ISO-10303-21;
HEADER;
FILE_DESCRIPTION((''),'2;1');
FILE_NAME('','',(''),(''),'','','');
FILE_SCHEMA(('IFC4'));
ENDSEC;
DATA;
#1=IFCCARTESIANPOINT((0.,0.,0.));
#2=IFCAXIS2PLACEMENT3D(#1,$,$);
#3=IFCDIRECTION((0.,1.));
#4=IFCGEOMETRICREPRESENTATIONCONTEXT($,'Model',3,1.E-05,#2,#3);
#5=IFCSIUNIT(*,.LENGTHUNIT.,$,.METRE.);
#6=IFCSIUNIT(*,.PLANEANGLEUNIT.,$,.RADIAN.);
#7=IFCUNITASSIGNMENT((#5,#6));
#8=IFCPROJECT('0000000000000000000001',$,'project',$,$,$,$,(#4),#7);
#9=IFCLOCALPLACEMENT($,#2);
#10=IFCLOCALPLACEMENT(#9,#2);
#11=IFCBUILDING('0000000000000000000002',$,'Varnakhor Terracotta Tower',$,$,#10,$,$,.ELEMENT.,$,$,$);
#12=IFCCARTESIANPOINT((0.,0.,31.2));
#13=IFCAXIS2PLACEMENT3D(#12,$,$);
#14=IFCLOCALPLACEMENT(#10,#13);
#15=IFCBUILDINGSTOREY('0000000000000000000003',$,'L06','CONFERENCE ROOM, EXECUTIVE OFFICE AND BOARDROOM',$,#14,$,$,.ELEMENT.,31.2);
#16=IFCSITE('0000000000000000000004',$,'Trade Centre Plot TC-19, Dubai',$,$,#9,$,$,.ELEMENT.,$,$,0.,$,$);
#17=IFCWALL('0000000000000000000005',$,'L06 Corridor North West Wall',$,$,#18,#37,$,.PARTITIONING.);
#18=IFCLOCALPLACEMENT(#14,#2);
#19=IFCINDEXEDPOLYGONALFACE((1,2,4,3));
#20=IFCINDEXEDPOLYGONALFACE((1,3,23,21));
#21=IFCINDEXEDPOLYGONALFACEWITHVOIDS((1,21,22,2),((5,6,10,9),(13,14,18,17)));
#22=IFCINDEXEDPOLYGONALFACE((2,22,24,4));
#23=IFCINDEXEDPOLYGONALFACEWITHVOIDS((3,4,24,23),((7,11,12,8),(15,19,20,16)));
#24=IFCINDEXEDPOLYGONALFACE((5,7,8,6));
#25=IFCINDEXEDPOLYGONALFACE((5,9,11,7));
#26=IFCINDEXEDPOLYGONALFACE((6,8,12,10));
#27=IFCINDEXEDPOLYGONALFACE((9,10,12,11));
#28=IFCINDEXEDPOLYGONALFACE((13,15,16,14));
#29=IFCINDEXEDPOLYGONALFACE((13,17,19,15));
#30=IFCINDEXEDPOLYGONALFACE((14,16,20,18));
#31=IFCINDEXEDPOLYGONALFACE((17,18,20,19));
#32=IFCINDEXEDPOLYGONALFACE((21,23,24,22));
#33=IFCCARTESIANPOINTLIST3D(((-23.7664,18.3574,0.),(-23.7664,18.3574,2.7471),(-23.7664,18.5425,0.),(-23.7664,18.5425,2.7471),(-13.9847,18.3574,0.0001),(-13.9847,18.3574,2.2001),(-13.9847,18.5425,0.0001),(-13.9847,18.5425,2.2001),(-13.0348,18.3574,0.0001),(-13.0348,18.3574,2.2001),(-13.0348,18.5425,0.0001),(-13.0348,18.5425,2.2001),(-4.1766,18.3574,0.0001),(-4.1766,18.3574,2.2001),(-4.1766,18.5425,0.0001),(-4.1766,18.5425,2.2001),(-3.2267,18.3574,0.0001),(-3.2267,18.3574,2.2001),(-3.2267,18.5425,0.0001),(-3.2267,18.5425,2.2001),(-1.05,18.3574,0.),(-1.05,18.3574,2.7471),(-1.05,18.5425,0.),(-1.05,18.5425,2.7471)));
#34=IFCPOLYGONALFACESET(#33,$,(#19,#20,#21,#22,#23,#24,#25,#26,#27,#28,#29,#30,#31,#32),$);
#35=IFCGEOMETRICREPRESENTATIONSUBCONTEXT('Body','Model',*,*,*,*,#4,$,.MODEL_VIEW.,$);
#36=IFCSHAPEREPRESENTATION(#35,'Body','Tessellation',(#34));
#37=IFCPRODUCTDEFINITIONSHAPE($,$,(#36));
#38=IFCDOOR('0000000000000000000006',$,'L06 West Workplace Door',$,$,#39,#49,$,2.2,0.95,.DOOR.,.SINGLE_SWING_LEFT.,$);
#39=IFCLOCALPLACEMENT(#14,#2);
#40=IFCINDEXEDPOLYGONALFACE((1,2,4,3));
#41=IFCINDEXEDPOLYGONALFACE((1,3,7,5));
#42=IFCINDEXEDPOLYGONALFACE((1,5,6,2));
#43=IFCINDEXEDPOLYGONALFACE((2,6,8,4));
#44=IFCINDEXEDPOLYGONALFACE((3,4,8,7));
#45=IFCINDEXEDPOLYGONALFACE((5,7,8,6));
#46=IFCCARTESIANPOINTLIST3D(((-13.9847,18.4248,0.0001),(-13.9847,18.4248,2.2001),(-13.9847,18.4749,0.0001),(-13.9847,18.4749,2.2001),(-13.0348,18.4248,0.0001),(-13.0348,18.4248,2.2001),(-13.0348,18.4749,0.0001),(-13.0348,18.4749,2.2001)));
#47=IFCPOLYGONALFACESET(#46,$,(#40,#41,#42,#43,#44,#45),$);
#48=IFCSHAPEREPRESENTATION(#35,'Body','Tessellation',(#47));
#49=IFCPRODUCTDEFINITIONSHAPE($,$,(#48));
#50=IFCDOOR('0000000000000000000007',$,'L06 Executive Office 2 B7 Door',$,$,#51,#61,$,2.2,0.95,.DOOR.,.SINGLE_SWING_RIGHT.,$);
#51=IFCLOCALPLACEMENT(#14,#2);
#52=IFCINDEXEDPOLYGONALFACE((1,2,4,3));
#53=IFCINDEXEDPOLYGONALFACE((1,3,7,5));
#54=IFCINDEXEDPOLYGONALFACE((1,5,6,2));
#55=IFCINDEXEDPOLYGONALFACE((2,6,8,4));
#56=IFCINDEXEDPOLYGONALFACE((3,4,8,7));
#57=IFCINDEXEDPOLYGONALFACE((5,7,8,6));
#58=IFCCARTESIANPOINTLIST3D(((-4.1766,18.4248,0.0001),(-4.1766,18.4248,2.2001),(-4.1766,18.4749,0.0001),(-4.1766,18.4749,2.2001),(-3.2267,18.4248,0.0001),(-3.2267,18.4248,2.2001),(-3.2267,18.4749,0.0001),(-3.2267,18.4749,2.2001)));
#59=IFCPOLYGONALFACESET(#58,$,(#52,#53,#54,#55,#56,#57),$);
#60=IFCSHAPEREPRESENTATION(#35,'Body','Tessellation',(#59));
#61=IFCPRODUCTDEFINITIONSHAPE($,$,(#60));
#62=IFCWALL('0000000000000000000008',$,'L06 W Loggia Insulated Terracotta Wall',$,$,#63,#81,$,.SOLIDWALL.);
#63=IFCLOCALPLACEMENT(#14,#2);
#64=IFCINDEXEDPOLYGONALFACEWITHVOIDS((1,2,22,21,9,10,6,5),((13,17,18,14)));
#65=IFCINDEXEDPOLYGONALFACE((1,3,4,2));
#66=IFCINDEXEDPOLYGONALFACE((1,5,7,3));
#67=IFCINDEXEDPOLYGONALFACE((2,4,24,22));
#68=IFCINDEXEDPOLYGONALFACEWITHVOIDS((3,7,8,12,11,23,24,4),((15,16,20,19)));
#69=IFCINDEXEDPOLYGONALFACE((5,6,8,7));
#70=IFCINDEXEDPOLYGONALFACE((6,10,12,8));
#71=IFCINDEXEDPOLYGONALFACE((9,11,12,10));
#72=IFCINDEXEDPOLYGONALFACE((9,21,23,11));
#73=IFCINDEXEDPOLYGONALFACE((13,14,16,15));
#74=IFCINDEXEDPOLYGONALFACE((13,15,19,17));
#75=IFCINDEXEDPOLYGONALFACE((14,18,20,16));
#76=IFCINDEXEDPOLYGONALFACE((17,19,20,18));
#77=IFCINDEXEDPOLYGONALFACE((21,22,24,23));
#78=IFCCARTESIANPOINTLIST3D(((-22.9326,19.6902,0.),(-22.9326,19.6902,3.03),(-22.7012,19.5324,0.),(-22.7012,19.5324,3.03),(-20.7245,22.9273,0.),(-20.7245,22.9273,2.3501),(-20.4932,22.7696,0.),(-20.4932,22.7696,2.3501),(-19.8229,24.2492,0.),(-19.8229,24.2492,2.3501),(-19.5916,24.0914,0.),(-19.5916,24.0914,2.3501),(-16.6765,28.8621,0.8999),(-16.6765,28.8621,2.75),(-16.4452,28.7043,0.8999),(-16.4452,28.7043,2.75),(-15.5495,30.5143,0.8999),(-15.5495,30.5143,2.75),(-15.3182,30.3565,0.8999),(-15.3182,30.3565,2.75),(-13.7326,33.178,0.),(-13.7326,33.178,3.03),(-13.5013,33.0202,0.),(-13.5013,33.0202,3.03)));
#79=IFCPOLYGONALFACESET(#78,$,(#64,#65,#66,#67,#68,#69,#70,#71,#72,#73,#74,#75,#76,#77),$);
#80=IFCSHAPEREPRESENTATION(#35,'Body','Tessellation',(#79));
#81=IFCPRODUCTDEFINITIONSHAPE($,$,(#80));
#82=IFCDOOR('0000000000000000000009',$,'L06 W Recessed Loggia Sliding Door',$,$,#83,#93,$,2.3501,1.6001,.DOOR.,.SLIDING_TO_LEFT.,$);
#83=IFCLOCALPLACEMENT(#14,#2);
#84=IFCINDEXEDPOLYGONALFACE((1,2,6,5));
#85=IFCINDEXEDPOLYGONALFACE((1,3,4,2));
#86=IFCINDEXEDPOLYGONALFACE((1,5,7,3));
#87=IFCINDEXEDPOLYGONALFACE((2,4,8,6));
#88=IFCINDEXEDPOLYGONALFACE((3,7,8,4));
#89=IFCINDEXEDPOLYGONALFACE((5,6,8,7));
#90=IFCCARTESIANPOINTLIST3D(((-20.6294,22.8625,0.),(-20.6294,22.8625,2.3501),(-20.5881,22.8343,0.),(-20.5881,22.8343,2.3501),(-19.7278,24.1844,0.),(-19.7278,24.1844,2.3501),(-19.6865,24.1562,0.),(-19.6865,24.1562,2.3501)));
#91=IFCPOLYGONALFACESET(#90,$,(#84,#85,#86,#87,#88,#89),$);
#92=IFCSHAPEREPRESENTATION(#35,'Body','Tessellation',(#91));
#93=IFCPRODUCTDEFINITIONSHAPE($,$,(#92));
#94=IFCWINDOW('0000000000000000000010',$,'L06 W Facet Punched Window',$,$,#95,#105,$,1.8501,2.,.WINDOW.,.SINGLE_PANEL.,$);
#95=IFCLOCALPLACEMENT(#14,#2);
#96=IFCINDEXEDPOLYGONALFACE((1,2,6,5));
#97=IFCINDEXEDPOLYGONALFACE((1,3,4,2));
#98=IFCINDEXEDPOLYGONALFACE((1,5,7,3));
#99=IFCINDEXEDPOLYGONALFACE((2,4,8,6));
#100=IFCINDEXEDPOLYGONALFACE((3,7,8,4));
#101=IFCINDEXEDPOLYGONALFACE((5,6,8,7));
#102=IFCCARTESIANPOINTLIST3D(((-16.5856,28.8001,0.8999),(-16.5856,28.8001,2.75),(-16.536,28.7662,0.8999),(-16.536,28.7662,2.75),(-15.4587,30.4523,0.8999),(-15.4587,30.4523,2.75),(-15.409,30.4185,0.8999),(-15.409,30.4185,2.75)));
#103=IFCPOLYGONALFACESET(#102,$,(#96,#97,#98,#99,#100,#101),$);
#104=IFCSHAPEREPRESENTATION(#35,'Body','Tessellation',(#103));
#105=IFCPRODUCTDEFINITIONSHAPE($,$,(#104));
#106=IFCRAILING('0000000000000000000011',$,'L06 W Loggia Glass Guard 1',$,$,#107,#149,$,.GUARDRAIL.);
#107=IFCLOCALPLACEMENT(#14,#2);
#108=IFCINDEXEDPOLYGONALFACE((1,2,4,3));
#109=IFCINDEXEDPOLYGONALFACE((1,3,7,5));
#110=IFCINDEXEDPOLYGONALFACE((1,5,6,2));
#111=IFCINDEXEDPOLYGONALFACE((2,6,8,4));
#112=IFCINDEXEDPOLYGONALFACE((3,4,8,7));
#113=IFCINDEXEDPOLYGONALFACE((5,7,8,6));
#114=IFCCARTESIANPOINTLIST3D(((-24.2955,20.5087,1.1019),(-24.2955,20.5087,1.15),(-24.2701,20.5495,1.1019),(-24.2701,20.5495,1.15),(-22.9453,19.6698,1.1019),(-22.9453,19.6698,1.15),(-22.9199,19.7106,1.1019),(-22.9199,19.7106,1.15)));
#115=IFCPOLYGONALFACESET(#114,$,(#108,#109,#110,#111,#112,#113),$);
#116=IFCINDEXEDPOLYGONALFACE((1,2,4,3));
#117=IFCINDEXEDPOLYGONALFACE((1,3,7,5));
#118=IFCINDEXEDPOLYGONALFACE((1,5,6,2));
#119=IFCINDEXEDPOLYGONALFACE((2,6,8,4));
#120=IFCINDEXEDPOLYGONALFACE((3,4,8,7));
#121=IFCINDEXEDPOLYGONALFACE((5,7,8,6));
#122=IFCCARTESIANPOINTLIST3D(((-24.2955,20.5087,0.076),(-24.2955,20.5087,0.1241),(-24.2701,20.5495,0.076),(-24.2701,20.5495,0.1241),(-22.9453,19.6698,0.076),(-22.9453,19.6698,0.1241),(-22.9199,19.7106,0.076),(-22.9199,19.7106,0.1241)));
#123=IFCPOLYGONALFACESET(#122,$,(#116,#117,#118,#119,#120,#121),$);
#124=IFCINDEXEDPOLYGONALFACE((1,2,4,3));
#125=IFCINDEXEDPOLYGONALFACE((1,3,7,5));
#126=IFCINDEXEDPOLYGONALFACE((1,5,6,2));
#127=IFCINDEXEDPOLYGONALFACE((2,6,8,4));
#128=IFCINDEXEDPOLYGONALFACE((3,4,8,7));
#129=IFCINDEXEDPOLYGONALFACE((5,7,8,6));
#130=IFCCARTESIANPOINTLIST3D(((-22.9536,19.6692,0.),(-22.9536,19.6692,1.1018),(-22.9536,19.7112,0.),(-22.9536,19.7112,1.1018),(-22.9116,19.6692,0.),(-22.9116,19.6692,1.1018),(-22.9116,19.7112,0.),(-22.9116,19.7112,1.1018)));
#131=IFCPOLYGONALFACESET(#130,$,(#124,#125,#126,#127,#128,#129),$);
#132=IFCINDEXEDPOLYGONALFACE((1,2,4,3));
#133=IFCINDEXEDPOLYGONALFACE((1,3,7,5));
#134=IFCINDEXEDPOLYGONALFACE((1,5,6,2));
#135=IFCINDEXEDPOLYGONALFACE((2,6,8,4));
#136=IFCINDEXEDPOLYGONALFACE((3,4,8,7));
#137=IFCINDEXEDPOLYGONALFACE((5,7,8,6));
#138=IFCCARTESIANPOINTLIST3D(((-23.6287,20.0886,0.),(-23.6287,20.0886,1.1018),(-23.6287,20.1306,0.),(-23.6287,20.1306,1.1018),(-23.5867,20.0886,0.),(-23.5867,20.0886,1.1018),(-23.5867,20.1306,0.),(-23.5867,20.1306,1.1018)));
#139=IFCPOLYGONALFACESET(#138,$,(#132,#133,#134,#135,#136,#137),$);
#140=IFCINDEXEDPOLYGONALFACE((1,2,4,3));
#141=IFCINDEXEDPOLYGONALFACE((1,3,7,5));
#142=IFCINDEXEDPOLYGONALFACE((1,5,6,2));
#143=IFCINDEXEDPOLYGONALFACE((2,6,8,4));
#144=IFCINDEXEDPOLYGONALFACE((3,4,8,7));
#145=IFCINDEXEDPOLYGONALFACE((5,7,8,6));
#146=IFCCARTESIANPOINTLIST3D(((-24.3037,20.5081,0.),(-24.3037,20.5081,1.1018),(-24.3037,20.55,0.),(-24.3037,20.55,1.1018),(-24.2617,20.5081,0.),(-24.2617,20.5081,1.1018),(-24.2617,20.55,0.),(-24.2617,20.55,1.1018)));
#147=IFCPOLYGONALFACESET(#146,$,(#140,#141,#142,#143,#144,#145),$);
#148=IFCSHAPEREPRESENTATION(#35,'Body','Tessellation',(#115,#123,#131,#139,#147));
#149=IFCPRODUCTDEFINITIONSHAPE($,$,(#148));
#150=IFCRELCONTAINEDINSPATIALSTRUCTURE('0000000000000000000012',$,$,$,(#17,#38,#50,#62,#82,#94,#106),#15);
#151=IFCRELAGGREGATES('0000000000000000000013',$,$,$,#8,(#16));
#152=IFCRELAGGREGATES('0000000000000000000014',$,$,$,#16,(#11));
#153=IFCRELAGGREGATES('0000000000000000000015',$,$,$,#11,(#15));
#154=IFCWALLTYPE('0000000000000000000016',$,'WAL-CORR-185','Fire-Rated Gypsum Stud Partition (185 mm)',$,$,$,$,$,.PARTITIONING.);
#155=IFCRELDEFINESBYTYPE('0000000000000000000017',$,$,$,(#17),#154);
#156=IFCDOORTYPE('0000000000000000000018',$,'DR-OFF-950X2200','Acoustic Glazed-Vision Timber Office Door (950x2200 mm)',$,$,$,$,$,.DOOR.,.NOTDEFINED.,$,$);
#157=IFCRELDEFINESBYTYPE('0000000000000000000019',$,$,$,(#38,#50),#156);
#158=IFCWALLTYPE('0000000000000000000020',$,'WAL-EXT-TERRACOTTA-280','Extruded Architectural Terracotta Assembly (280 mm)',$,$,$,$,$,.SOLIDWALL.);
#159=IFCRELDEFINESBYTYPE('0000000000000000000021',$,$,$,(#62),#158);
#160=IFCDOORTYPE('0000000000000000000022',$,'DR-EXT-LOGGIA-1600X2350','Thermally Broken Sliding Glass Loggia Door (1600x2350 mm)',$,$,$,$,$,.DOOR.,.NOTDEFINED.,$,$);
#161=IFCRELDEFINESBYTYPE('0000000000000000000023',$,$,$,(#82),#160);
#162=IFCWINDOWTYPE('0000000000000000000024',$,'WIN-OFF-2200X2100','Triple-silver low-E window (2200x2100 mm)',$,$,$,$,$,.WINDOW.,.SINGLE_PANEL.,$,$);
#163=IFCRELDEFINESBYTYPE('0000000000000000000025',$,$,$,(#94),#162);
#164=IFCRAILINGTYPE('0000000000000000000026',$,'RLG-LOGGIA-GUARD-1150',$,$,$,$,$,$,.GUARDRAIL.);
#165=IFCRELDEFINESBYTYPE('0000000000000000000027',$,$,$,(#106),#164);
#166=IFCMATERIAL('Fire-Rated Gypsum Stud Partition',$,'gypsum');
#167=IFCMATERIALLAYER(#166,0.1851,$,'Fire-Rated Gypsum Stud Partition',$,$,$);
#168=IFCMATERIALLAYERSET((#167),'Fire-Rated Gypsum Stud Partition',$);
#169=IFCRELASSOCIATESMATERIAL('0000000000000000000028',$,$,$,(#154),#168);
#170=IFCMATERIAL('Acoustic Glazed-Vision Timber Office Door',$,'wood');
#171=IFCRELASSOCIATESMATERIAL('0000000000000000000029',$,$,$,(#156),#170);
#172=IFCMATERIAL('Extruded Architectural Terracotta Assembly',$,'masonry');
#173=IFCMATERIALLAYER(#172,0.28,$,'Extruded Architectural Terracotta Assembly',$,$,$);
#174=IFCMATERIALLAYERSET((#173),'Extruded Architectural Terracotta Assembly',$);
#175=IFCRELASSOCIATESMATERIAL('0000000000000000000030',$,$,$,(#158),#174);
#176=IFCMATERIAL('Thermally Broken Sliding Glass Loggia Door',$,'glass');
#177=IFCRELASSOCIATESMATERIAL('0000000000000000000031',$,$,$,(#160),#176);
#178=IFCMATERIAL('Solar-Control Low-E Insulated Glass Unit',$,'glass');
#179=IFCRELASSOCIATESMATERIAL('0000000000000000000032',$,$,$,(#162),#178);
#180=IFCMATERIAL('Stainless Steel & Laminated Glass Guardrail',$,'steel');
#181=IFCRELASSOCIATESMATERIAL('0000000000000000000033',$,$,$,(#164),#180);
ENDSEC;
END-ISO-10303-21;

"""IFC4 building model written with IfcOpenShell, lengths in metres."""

from ifc_helpers import new_model, si_unit, direction, frame, frame_2d, origin, origin_2d, place, context, subcontext, project, spatial, rectangle, extrude, source, transform, mapped, material, layer, layer_set, type_object, type_shapes, element, fill, save


model = new_model("IFC4")

# Units and contexts
model_context = context("Model", 3, precision=1e-05, world=origin(), true_north=direction((0.0, 1.0)))
body_context = subcontext(model_context, "Body", "Model", "MODEL_VIEW")
ifc_project = project(units=[si_unit("LENGTHUNIT", "METRE"), si_unit("PLANEANGLEUNIT", "RADIAN")], contexts=[model_context])

# Site, building, storey
site_placement = place(None, origin())
site = spatial("IfcSite", under=ifc_project, at=site_placement, Name="Trade Centre Plot TC-19, Dubai", CompositionType="ELEMENT", RefElevation=0.0)
building_placement = place(site_placement, origin())
building = spatial("IfcBuilding", under=site, at=building_placement, Name="Varnakhor Terracotta Tower", CompositionType="ELEMENT")
storey_placement = place(building_placement, frame((0.0, 0.0, 31.2)))
storey = spatial("IfcBuildingStorey", under=building, at=storey_placement, Name="L06", Description="CONFERENCE ROOM, EXECUTIVE OFFICE AND BOARDROOM", CompositionType="ELEMENT", Elevation=31.2)

# Shared definitions
ifc_material_1 = material(Name="Fire-Rated Gypsum Stud Partition", Category="gypsum")
ifc_layer_1 = layer(ifc_material_1, 0.1851, Name="Fire-Rated Gypsum Stud Partition")
ifc_layer_set_1 = layer_set([ifc_layer_1], Name="Fire-Rated Gypsum Stud Partition")
wall_type_1 = type_object("IfcWallType", Name="WAL-CORR-185", Description="Fire-Rated Gypsum Stud Partition (185 mm)", PredefinedType="PARTITIONING", material=ifc_layer_set_1)
ifc_material_2 = material(Name="Acoustic Glazed-Vision Timber Office Door", Category="wood")
door_type_1 = type_object("IfcDoorType", Name="DR-OFF-950X2200", Description="Acoustic Glazed-Vision Timber Office Door (950x2200 mm)", OperationType="NOTDEFINED", PredefinedType="DOOR", material=ifc_material_2)
shared_shape_1 = source(origin(), body_context, "Body", "SweptSolid", [
    extrude(rectangle(XDim=0.95, YDim=2.2, at=frame_2d((0.4751, 1.1001))), frame((0.0, 0.0249, 0.0), z_axis=(0.0, -1.0, 0.0), x_axis=(1.0, 0.0, 0.0)), (0.0, 0.0, 1.0), 0.05),
])
type_shapes(door_type_1, [shared_shape_1])

# Wall, openings, doors
wall_1_placement = place(storey_placement, frame((-23.7664, 18.45, 0.0), z_axis=(0.0, 0.0, 1.0), x_axis=(1.0, 0.0, 0.0)))
wall_1 = element("IfcWall", 1, at=wall_1_placement, inside=storey, type_object=wall_type_1, Name="L06 Corridor North West Wall", PredefinedType="PARTITIONING", context=body_context, shape_type="SweptSolid", body=[
    extrude(rectangle(XDim=22.7163, YDim=0.1851, at=frame_2d((11.3582, 0.0))), origin(), (0.0, 0.0, 1.0), 2.7471),
])
opening_1_placement = place(wall_1_placement, frame((9.7815, 0.0, 0.0)))
opening_1 = element("IfcOpeningElement", 2, at=opening_1_placement, cuts=wall_1, PredefinedType="OPENING", context=body_context, shape_type="SweptSolid", body=[
    extrude(rectangle(XDim=0.95, YDim=2.2, at=frame_2d((0.4751, 1.1001))), frame((0.0, 0.1025, 0.0), z_axis=(0.0, -1.0, 0.0), x_axis=(1.0, 0.0, 0.0)), (0.0, 0.0, 1.0), 0.2051),
])
opening_2_placement = place(wall_1_placement, frame((19.5896, 0.0, 0.0)))
opening_2 = element("IfcOpeningElement", 3, at=opening_2_placement, cuts=wall_1, PredefinedType="OPENING", context=body_context, shape_type="SweptSolid", body=[
    extrude(rectangle(XDim=0.95, YDim=2.2, at=frame_2d((0.4751, 1.1001))), frame((0.0, 0.1025, 0.0), z_axis=(0.0, -1.0, 0.0), x_axis=(1.0, 0.0, 0.0)), (0.0, 0.0, 1.0), 0.2051),
])
door_1_placement = place(opening_1_placement, origin())
door_1 = element("IfcDoor", 4, at=door_1_placement, inside=storey, type_object=door_type_1, Name="L06 West Workplace Door", OperationType="SINGLE_SWING_LEFT", OverallHeight=2.2, OverallWidth=0.95, PredefinedType="DOOR", context=body_context, shape_type="MappedRepresentation", body=[
    mapped(shared_shape_1, transform((0.0, 0.0, 0.0), scale=1.0)),
])
fill(opening_1, door_1)
door_2_placement = place(opening_2_placement, origin())
door_2 = element("IfcDoor", 5, at=door_2_placement, inside=storey, type_object=door_type_1, Name="L06 Executive Office 2 B7 Door", OperationType="SINGLE_SWING_RIGHT", OverallHeight=2.2, OverallWidth=0.95, PredefinedType="DOOR", context=body_context, shape_type="MappedRepresentation", body=[
    mapped(shared_shape_1, transform((0.0, 0.0, 0.0), scale=1.0)),
])
fill(opening_2, door_2)

# Wall, openings, door, window
ifc_material_3 = material(Name="Extruded Architectural Terracotta Assembly", Category="masonry")
ifc_layer_2 = layer(ifc_material_3, 0.28, Name="Extruded Architectural Terracotta Assembly")
ifc_layer_set_2 = layer_set([ifc_layer_2], Name="Extruded Architectural Terracotta Assembly")
wall_type_2 = type_object("IfcWallType", Name="WAL-EXT-TERRACOTTA-280", Description="Extruded Architectural Terracotta Assembly (280 mm)", PredefinedType="SOLIDWALL", material=ifc_layer_set_2)
wall_2_placement = place(storey_placement, frame((-22.8169, 19.6113, 0.0), z_axis=(0.0, 0.0, 1.0), x_axis=(0.563493, 0.826121, 0.0)))
wall_2 = element("IfcWall", 6, at=wall_2_placement, inside=storey, type_object=wall_type_2, Name="L06 W Loggia Insulated Terracotta Wall", PredefinedType="SOLIDWALL", context=body_context, shape_type="SweptSolid", body=[
    extrude(rectangle(XDim=16.3267, YDim=0.28, at=frame_2d((8.1633, 0.0))), origin(), (0.0, 0.0, 1.0), 3.03),
])
opening_3_placement = place(wall_2_placement, frame((3.9185, 0.0, 0.0)))
opening_3 = element("IfcOpeningElement", 7, at=opening_3_placement, cuts=wall_2, PredefinedType="OPENING", context=body_context, shape_type="SweptSolid", body=[
    extrude(rectangle(XDim=1.6001, YDim=2.3501, at=frame_2d((0.8, 1.175))), frame((0.0, 0.1499, 0.0), z_axis=(0.0, -1.0, 0.0), x_axis=(1.0, 0.0, 0.0)), (0.0, 0.0, 1.0), 0.3),
])
opening_4_placement = place(wall_2_placement, frame((11.1023, 0.0, 0.8999)))
opening_4 = element("IfcOpeningElement", 8, at=opening_4_placement, cuts=wall_2, PredefinedType="OPENING", context=body_context, shape_type="SweptSolid", body=[
    extrude(rectangle(XDim=2.0, YDim=1.8501, at=frame_2d((1.0, 0.925))), frame((0.0, 0.1499, 0.0), z_axis=(0.0, -1.0, 0.0), x_axis=(1.0, 0.0, 0.0)), (0.0, 0.0, 1.0), 0.3),
])
ifc_material_4 = material(Name="Thermally Broken Sliding Glass Loggia Door", Category="glass")
door_type_2 = type_object("IfcDoorType", Name="DR-EXT-LOGGIA-1600X2350", Description="Thermally Broken Sliding Glass Loggia Door (1600x2350 mm)", OperationType="NOTDEFINED", PredefinedType="DOOR", material=ifc_material_4)
shared_shape_2 = source(origin(), body_context, "Body", "SweptSolid", [
    extrude(rectangle(XDim=1.6001, YDim=2.3501, at=frame_2d((0.8, 1.175))), frame((0.0, 0.0249, 0.0), z_axis=(0.0, -1.0, 0.0), x_axis=(1.0, 0.0, 0.0)), (0.0, 0.0, 1.0), 0.05),
])
type_shapes(door_type_2, [shared_shape_2])
door_3_placement = place(opening_3_placement, origin())
door_3 = element("IfcDoor", 9, at=door_3_placement, inside=storey, type_object=door_type_2, Name="L06 W Recessed Loggia Sliding Door", OperationType="SLIDING_TO_LEFT", OverallHeight=2.3501, OverallWidth=1.6001, PredefinedType="DOOR", context=body_context, shape_type="MappedRepresentation", body=[
    mapped(shared_shape_2, transform((0.0, 0.0, 0.0), scale=1.0)),
])
fill(opening_3, door_3)
ifc_material_5 = material(Name="Solar-Control Low-E Insulated Glass Unit", Category="glass")
window_type = type_object("IfcWindowType", Name="WIN-OFF-2200X2100", Description="Triple-silver low-E window (2200x2100 mm)", PartitioningType="SINGLE_PANEL", PredefinedType="WINDOW", material=ifc_material_5)
shared_shape_3 = source(origin(), body_context, "Body", "SweptSolid", [
    extrude(rectangle(XDim=2.0, YDim=1.8501, at=frame_2d((1.0, 0.925))), frame((0.0, 0.03, 0.0), z_axis=(0.0, -1.0, 0.0), x_axis=(1.0, 0.0, 0.0)), (0.0, 0.0, 1.0), 0.0601),
])
type_shapes(window_type, [shared_shape_3])
window_placement = place(opening_4_placement, origin())
window = element("IfcWindow", 10, at=window_placement, inside=storey, type_object=window_type, Name="L06 W Facet Punched Window", OverallHeight=1.8501, OverallWidth=2.0, PartitioningType="SINGLE_PANEL", PredefinedType="WINDOW", context=body_context, shape_type="MappedRepresentation", body=[
    mapped(shared_shape_3, transform((0.0, 0.0, 0.0), scale=1.0)),
])
fill(opening_4, window)

# Railing
ifc_material_6 = material(Name="Stainless Steel & Laminated Glass Guardrail", Category="steel")
railing_type = type_object("IfcRailingType", Name="RLG-LOGGIA-GUARD-1150", PredefinedType="GUARDRAIL", material=ifc_material_6)
railing_1_placement = place(storey_placement, frame((-22.9326, 19.6902, 0.0)))
element("IfcRailing", 11, at=railing_1_placement, inside=storey, type_object=railing_type, Name="L06 W Loggia Glass Guard 1", PredefinedType="GUARDRAIL", context=body_context, shape_type="SweptSolid", body=[
    extrude(rectangle(XDim=0.0481, YDim=0.0481, at=origin_2d()), frame((0.0, 0.0, 1.126), z_axis=(-0.849393, 0.52776, 0.0), x_axis=(-0.52776, -0.849393, 0.0)), (0.0, 0.0, 1.0), 1.5896),
    extrude(rectangle(XDim=0.0481, YDim=0.0481, at=origin_2d()), frame((0.0, 0.0, 0.1001), z_axis=(-0.849393, 0.52776, 0.0), x_axis=(-0.52776, -0.849393, 0.0)), (0.0, 0.0, 1.0), 1.5896),
    extrude(rectangle(XDim=0.042, YDim=0.042, at=origin_2d()), origin(), (0.0, 0.0, 1.0), 1.1018),
    extrude(rectangle(XDim=0.042, YDim=0.042, at=origin_2d()), frame((-0.675, 0.4194, 0.0)), (0.0, 0.0, 1.0), 1.1018),
    extrude(rectangle(XDim=0.042, YDim=0.042, at=origin_2d()), frame((-1.3501, 0.8389, 0.0)), (0.0, 0.0, 1.0), 1.1018),
])

save(model, "model.ifc")
